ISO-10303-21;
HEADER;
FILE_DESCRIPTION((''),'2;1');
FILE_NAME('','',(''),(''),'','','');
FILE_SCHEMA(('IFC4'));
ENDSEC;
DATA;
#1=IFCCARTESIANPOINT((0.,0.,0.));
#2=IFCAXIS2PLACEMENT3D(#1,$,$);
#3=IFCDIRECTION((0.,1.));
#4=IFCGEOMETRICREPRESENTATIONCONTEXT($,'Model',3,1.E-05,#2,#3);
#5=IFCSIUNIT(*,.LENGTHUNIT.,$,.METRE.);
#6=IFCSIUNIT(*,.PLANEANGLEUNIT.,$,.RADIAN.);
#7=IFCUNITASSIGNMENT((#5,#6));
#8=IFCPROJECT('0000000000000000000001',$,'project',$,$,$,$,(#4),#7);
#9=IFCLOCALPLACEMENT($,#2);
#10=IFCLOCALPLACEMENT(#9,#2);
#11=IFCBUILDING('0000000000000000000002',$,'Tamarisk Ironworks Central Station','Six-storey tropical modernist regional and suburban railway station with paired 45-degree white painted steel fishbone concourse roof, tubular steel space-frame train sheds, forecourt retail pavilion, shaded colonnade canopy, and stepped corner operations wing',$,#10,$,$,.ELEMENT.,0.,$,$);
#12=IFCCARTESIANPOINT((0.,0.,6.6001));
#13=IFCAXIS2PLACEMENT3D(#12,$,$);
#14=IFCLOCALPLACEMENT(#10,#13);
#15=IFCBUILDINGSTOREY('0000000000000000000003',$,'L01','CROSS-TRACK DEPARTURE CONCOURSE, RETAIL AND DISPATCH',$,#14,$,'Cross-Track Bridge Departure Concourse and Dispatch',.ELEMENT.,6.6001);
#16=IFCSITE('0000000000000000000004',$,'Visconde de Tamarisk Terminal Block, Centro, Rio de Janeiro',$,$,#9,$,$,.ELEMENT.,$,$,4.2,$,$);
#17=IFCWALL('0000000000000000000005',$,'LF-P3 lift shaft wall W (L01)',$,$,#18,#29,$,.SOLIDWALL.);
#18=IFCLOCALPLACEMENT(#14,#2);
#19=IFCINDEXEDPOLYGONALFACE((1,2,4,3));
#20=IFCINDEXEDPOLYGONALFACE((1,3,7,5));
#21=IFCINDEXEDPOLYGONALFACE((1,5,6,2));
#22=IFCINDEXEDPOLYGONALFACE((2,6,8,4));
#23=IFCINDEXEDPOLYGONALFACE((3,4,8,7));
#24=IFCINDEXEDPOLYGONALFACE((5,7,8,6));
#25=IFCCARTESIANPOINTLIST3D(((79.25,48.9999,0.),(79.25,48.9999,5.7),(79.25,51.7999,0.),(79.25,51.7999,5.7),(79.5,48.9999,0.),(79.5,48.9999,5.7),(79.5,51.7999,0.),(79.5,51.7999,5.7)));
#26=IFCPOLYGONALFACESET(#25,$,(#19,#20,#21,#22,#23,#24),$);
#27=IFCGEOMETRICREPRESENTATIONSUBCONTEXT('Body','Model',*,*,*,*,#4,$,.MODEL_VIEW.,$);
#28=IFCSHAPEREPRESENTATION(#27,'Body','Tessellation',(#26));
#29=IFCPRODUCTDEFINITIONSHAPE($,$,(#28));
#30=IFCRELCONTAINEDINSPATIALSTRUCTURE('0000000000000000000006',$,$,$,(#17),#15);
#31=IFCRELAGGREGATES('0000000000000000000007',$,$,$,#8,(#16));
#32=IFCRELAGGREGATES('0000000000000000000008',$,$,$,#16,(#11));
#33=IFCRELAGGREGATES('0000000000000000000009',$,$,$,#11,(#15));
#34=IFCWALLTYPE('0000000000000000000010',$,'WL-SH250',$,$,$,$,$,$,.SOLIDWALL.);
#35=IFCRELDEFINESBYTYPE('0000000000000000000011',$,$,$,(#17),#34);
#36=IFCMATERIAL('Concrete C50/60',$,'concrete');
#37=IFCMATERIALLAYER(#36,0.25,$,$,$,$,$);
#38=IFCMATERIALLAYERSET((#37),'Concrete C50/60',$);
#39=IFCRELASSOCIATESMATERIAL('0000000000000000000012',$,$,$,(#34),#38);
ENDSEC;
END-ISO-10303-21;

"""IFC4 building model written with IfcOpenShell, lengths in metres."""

from ifc_helpers import new_model, si_unit, direction, frame, frame_2d, origin, place, context, subcontext, project, spatial, rectangle, extrude, material, layer, layer_set, type_object, element, save


model = new_model("IFC4")

# Units and contexts
model_context = context("Model", 3, precision=1e-05, world=origin(), true_north=direction((0.0, 1.0)))
body_context = subcontext(model_context, "Body", "Model", "MODEL_VIEW")
ifc_project = project(units=[si_unit("LENGTHUNIT", "METRE"), si_unit("PLANEANGLEUNIT", "RADIAN")], contexts=[model_context])

# Site, building, storey
site_placement = place(None, origin())
site = spatial("IfcSite", under=ifc_project, at=site_placement, Name="Visconde de Tamarisk Terminal Block, Centro, Rio de Janeiro", CompositionType="ELEMENT", RefElevation=4.2)
building_placement = place(site_placement, origin())
building = spatial("IfcBuilding", under=site, at=building_placement, Name="Tamarisk Ironworks Central Station", Description="Six-storey tropical modernist regional and suburban railway station with paired 45-degree white painted steel fishbone concourse roof, tubular steel space-frame train sheds, forecourt retail pavilion, shaded colonnade canopy, and stepped corner operations wing", CompositionType="ELEMENT", ElevationOfRefHeight=0.0)
storey_placement = place(building_placement, frame((0.0, 0.0, 6.6001)))
storey = spatial("IfcBuildingStorey", under=building, at=storey_placement, Name="L01", Description="CROSS-TRACK DEPARTURE CONCOURSE, RETAIL AND DISPATCH", LongName="Cross-Track Bridge Departure Concourse and Dispatch", CompositionType="ELEMENT", Elevation=6.6001)

# Wall
ifc_material_1 = material(Name="Concrete C50/60", Category="concrete")
ifc_layer_1 = layer(ifc_material_1, 0.25)
ifc_layer_set_1 = layer_set([ifc_layer_1], Name="Concrete C50/60")
wall_type_1 = type_object("IfcWallType", Name="WL-SH250", PredefinedType="SOLIDWALL", material=ifc_layer_set_1)
wall_1_placement = place(storey_placement, frame((79.375, 49.0, 0.0), z_axis=(0.0, 0.0, 1.0), x_axis=(0.0, 1.0, 0.0)))
element("IfcWall", 1, at=wall_1_placement, inside=storey, type_object=wall_type_1, Name="LF-P3 lift shaft wall W (L01)", PredefinedType="SOLIDWALL", context=body_context, shape_type="SweptSolid", body=[
    extrude(rectangle(XDim=2.8, YDim=0.25, at=frame_2d((1.3999, 0.0))), origin(), (0.0, 0.0, 1.0), 5.7),
])

save(model, "model.ifc")
